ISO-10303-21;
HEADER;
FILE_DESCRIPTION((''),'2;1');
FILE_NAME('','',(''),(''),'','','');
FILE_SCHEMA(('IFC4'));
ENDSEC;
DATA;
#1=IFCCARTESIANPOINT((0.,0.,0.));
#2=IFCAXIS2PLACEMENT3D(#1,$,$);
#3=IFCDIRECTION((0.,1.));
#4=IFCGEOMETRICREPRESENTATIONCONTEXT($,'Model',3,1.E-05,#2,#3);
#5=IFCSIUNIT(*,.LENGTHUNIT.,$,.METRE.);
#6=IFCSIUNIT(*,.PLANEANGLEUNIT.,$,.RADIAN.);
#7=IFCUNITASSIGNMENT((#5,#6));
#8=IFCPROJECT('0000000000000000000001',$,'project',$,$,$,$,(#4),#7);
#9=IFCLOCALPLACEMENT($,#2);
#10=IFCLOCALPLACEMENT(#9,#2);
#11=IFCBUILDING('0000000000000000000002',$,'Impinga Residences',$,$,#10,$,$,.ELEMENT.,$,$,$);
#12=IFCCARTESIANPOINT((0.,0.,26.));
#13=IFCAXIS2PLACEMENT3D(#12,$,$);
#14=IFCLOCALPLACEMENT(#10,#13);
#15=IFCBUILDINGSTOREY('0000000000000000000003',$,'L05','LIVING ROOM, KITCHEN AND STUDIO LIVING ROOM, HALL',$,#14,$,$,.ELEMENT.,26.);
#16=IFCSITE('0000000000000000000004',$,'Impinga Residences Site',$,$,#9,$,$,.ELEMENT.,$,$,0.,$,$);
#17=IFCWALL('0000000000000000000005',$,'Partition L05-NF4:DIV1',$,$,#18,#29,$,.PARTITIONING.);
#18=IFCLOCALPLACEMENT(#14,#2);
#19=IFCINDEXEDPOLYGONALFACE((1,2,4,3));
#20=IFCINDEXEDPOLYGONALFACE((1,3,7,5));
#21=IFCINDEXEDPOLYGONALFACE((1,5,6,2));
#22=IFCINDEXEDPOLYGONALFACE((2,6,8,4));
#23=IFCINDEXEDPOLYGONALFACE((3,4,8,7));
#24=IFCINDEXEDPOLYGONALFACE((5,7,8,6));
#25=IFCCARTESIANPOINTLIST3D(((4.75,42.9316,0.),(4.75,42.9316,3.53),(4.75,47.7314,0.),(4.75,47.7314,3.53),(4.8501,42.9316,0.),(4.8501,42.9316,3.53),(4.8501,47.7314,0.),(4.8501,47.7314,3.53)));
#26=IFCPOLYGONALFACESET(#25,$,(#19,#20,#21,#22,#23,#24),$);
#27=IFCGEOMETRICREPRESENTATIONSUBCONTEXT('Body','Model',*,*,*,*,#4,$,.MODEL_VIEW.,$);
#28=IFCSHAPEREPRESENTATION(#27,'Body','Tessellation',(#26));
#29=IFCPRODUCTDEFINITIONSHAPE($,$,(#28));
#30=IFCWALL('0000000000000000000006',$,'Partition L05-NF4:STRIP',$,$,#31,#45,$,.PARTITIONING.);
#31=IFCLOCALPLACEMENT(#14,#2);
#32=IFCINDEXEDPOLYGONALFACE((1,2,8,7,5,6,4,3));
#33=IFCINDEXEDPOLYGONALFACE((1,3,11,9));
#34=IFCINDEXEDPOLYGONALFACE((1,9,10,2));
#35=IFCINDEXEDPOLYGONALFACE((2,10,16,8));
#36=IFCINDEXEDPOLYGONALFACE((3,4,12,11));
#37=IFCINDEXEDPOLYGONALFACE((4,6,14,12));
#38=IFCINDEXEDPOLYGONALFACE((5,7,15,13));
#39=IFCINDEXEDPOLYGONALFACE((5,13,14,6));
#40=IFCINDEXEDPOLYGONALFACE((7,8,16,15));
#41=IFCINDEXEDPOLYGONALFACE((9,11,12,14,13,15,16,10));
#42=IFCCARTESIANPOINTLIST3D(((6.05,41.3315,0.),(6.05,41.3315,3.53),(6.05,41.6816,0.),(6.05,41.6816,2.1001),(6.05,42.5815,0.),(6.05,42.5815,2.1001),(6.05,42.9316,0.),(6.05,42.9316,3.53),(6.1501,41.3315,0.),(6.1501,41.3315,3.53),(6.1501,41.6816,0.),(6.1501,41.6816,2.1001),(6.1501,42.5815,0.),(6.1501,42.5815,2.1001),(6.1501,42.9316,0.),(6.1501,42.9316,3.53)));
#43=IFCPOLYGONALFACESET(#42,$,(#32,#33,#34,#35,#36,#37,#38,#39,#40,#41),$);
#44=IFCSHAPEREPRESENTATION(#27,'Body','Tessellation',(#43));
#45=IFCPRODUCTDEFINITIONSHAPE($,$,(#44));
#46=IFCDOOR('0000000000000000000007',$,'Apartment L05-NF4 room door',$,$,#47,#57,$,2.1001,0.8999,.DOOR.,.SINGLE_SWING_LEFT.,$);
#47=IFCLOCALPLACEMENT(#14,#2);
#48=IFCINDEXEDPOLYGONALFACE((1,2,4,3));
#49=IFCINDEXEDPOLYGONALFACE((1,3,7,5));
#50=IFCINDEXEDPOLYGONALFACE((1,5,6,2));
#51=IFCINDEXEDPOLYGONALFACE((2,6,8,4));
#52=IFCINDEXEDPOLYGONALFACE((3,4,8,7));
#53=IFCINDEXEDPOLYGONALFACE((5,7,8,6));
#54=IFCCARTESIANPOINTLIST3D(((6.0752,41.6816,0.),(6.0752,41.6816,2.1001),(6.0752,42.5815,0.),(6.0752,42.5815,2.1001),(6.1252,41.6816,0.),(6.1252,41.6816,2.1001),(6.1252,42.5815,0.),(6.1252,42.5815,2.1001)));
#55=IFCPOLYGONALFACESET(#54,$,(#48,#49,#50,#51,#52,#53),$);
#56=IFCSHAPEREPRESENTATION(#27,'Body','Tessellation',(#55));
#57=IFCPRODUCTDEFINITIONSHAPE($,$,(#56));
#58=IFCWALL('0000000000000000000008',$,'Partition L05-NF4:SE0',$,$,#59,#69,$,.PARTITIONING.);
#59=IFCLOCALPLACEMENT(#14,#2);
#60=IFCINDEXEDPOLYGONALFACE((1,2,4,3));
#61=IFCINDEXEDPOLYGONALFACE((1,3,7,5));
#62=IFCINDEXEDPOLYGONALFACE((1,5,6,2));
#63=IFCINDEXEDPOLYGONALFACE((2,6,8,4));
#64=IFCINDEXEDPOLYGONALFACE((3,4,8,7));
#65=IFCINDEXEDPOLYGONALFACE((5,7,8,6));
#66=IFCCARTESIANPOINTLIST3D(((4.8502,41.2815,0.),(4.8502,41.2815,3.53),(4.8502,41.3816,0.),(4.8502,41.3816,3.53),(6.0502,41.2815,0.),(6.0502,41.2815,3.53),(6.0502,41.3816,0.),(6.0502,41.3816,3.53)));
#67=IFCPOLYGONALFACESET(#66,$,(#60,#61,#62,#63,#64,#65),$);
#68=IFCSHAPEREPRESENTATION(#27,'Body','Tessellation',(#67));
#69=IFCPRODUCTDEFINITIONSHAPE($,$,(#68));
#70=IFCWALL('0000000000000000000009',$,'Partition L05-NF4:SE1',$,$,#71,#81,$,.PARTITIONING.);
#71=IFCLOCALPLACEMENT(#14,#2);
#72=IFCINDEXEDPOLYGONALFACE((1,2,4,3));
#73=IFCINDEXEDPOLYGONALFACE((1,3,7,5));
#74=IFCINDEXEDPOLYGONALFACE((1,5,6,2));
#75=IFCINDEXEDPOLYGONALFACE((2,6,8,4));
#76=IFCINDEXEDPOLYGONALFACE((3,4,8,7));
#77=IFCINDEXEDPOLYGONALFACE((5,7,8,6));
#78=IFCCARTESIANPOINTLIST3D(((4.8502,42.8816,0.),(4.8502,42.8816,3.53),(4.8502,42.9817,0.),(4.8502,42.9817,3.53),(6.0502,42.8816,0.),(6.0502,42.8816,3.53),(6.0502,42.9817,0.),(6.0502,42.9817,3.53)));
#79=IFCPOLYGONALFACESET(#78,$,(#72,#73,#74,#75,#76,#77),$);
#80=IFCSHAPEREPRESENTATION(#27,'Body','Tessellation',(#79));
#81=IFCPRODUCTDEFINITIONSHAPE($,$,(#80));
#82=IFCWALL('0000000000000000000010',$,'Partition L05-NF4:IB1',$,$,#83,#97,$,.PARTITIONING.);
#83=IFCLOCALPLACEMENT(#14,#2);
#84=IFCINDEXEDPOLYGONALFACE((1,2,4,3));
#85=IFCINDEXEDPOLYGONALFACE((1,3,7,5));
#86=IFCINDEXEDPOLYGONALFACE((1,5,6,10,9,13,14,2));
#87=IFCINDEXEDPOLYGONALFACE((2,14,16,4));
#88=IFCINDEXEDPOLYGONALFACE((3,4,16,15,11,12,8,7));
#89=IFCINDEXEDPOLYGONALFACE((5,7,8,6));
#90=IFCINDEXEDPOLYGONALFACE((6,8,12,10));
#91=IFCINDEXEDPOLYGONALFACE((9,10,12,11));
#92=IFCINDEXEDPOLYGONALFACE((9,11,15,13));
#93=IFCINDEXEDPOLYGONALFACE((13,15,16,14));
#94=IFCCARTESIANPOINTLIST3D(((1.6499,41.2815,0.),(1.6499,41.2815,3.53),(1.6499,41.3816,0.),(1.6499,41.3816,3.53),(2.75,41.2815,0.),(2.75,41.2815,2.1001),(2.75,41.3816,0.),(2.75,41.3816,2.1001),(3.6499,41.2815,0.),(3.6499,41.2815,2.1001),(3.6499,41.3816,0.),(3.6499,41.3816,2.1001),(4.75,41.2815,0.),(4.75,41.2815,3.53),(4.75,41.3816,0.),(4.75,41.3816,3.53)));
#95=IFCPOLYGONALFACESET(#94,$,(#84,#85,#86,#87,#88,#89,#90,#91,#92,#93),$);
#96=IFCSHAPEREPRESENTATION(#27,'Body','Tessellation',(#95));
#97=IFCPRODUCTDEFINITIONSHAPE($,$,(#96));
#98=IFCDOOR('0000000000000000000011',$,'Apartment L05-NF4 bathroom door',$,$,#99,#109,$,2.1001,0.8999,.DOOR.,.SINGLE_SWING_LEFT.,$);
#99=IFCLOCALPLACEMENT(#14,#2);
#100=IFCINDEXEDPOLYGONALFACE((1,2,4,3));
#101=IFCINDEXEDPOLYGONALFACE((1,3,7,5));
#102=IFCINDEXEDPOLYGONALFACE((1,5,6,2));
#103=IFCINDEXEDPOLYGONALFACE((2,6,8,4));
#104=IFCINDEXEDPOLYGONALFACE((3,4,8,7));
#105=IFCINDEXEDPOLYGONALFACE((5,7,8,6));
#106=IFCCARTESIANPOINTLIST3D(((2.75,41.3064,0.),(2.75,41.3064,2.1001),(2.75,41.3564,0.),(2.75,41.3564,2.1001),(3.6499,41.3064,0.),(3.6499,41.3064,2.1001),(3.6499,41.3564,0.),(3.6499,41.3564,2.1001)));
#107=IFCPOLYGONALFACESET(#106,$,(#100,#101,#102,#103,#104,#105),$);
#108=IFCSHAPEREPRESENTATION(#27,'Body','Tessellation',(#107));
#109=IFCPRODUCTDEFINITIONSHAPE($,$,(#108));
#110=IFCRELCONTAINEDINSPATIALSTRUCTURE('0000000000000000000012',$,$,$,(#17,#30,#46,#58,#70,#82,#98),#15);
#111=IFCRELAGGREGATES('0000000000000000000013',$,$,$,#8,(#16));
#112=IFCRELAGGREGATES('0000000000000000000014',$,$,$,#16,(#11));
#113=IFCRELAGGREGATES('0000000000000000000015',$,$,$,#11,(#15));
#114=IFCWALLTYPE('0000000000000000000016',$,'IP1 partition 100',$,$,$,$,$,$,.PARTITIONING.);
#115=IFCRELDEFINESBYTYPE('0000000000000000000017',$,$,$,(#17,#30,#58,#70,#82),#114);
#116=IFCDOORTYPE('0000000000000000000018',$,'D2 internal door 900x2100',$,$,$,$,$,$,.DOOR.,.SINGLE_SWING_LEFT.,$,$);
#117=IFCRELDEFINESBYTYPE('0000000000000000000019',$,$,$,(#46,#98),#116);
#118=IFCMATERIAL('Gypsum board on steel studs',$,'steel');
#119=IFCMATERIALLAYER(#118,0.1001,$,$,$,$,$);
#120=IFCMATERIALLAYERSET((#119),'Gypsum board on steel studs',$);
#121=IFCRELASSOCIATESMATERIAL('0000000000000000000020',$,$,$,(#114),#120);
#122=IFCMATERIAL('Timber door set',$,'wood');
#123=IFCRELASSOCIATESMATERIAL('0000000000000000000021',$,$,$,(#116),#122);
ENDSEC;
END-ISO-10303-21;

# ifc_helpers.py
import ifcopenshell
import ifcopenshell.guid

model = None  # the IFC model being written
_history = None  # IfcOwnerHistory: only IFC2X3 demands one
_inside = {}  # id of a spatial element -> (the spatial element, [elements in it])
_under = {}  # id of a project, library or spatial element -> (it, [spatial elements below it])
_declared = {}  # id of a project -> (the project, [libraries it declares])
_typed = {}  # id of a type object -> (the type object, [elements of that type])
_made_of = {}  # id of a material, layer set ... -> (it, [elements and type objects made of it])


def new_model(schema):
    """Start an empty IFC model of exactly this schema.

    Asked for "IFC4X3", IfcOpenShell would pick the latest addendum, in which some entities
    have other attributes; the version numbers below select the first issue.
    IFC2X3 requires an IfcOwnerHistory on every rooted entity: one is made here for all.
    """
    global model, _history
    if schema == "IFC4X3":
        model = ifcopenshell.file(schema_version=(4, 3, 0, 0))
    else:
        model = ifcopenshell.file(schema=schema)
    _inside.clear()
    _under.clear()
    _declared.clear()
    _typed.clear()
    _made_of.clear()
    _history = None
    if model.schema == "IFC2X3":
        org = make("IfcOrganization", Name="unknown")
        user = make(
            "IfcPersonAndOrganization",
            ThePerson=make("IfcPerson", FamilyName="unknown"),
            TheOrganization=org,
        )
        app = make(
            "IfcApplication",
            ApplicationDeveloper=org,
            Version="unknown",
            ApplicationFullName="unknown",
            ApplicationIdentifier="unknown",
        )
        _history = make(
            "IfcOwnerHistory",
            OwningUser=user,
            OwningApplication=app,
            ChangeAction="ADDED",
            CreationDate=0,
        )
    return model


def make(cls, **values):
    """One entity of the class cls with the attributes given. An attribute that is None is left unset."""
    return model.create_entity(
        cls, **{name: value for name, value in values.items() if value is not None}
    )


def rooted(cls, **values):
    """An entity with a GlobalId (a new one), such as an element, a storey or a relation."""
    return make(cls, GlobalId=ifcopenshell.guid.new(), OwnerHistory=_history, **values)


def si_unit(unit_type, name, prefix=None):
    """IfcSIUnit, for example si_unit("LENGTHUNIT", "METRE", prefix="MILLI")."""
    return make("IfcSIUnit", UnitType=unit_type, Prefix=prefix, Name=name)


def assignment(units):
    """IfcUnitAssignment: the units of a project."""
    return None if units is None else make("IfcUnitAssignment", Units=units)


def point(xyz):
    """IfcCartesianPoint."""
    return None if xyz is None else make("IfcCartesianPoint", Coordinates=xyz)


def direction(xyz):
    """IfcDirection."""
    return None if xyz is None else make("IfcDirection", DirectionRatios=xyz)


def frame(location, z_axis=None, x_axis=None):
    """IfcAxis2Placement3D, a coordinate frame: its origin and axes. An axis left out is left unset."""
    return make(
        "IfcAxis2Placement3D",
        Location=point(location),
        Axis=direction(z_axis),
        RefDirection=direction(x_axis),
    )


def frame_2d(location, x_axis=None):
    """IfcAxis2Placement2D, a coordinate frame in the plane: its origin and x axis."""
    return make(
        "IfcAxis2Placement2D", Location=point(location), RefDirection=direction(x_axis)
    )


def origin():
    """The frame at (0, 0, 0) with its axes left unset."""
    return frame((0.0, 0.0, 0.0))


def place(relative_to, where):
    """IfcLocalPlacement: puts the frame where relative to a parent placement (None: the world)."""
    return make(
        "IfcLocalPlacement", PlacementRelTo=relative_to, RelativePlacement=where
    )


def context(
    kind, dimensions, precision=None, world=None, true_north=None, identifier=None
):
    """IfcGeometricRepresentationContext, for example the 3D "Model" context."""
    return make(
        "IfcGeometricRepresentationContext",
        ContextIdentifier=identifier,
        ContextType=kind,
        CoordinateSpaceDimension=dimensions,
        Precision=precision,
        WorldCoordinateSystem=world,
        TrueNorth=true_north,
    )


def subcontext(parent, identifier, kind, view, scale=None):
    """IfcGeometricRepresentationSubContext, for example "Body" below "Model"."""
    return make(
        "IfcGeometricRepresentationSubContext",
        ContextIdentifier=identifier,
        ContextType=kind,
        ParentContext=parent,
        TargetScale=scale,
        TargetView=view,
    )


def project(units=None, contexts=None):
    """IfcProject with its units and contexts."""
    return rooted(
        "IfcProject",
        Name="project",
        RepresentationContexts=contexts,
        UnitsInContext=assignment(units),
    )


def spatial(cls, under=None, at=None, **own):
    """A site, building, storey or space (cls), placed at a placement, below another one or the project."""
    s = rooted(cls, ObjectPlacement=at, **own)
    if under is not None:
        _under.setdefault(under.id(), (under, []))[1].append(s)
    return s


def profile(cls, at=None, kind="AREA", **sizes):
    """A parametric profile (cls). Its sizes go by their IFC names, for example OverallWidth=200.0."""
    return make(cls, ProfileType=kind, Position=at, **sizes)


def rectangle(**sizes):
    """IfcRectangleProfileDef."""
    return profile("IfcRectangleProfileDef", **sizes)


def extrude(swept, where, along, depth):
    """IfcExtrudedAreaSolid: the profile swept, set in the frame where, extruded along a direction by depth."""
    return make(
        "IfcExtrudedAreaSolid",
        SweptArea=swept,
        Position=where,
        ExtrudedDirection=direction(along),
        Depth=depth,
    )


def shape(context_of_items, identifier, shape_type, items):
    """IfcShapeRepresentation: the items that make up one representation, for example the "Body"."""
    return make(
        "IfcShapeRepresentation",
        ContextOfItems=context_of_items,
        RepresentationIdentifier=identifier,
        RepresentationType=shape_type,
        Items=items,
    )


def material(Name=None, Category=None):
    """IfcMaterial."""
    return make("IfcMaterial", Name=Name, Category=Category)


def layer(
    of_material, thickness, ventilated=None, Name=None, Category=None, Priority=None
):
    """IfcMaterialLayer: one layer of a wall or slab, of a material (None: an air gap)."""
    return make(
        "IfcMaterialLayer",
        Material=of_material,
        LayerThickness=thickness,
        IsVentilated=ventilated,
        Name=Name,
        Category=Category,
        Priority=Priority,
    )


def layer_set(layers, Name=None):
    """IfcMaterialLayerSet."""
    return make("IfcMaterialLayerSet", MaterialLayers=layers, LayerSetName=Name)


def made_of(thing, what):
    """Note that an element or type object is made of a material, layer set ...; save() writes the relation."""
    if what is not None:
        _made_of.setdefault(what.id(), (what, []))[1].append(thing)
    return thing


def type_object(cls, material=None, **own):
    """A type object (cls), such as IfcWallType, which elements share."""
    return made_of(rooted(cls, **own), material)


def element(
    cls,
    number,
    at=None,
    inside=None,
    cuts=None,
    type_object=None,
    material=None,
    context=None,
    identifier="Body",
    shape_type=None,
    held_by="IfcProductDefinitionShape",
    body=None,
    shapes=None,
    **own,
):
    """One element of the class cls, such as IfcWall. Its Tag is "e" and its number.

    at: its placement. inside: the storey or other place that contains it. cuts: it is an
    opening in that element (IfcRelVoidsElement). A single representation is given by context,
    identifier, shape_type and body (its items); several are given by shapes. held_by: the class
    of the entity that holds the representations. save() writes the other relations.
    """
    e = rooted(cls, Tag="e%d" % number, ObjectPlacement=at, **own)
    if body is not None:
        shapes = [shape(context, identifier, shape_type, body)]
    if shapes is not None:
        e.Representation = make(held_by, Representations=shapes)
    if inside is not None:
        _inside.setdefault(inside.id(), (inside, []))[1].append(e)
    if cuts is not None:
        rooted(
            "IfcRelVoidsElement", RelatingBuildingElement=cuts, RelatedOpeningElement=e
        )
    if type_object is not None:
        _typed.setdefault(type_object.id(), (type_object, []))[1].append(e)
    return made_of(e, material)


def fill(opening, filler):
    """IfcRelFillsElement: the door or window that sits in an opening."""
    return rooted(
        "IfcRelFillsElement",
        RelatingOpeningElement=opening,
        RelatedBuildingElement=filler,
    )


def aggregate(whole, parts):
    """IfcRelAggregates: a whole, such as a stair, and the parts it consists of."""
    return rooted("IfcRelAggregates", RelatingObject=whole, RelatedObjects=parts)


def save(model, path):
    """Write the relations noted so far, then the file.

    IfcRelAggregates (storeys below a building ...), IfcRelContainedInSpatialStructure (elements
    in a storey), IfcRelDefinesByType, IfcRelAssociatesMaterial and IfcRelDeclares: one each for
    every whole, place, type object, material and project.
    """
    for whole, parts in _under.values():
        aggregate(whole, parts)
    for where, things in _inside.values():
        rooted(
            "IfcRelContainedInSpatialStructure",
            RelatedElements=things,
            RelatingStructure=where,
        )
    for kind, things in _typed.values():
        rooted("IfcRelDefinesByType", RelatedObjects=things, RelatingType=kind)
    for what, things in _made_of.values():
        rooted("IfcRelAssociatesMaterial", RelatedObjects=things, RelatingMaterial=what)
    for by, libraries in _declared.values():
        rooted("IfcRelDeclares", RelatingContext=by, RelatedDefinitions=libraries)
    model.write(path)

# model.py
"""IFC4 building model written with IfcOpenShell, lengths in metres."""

from ifc_helpers import new_model, si_unit, direction, frame, frame_2d, origin, place, context, subcontext, project, spatial, rectangle, extrude, material, layer, layer_set, type_object, element, fill, save


model = new_model("IFC4")

# Units and contexts
model_context = context("Model", 3, precision=1e-05, world=origin(), true_north=direction((0.0, 1.0)))
body_context = subcontext(model_context, "Body", "Model", "MODEL_VIEW")
ifc_project = project(units=[si_unit("LENGTHUNIT", "METRE"), si_unit("PLANEANGLEUNIT", "RADIAN")], contexts=[model_context])

# Site, building, storey
site_placement = place(None, origin())
site = spatial("IfcSite", under=ifc_project, at=site_placement, Name="Impinga Residences Site", CompositionType="ELEMENT", RefElevation=0.0)
building_placement = place(site_placement, origin())
building = spatial("IfcBuilding", under=site, at=building_placement, Name="Impinga Residences", CompositionType="ELEMENT")
storey_placement = place(building_placement, frame((0.0, 0.0, 26.0)))
storey = spatial("IfcBuildingStorey", under=building, at=storey_placement, Name="L05", Description="LIVING ROOM, KITCHEN AND STUDIO LIVING ROOM, HALL", CompositionType="ELEMENT", Elevation=26.0)

# Wall
ifc_material_1 = material(Name="Gypsum board on steel studs", Category="steel")
ifc_layer_1 = layer(ifc_material_1, 0.1001)
ifc_layer_set_1 = layer_set([ifc_layer_1], Name="Gypsum board on steel studs")
wall_type_1 = type_object("IfcWallType", Name="IP1 partition 100", PredefinedType="PARTITIONING", material=ifc_layer_set_1)
wall_1_placement = place(storey_placement, frame((4.8, 42.9316, 0.0), z_axis=(0.0, 0.0, 1.0), x_axis=(0.0, 1.0, 0.0)))
element("IfcWall", 1, at=wall_1_placement, inside=storey, type_object=wall_type_1, Name="Partition L05-NF4:DIV1", PredefinedType="PARTITIONING", context=body_context, shape_type="SweptSolid", body=[
    extrude(rectangle(XDim=4.7998, YDim=0.1001, at=frame_2d((2.3999, 0.0))), origin(), (0.0, 0.0, 1.0), 3.53),
])

# Wall, opening, door
wall_2_placement = place(storey_placement, frame((6.1001, 41.3315, 0.0), z_axis=(0.0, 0.0, 1.0), x_axis=(0.0, 1.0, 0.0)))
wall_2 = element("IfcWall", 2, at=wall_2_placement, inside=storey, type_object=wall_type_1, Name="Partition L05-NF4:STRIP", PredefinedType="PARTITIONING", context=body_context, shape_type="SweptSolid", body=[
    extrude(rectangle(XDim=1.6001, YDim=0.1001, at=frame_2d((0.8, 0.0))), origin(), (0.0, 0.0, 1.0), 3.53),
])
opening_1_placement = place(wall_2_placement, frame((0.3501, 0.0, 0.0)))
opening_1 = element("IfcOpeningElement", 3, at=opening_1_placement, cuts=wall_2, PredefinedType="OPENING", context=body_context, shape_type="SweptSolid", body=[
    extrude(rectangle(XDim=0.8999, YDim=2.1001, at=frame_2d((0.45, 1.05))), frame((0.0, 0.0601, 0.0), z_axis=(0.0, -1.0, 0.0), x_axis=(1.0, 0.0, 0.0)), (0.0, 0.0, 1.0), 0.1201),
])
ifc_material_2 = material(Name="Timber door set", Category="wood")
door_type = type_object("IfcDoorType", Name="D2 internal door 900x2100", OperationType="SINGLE_SWING_LEFT", PredefinedType="DOOR", material=ifc_material_2)
door_1_placement = place(opening_1_placement, origin())
door_1 = element("IfcDoor", 4, at=door_1_placement, inside=storey, type_object=door_type, Name="Apartment L05-NF4 room door", OperationType="SINGLE_SWING_LEFT", OverallHeight=2.1001, OverallWidth=0.8999, PredefinedType="DOOR", context=body_context, shape_type="SweptSolid", body=[
    extrude(rectangle(XDim=0.8999, YDim=2.1001, at=frame_2d((0.45, 1.05))), frame((0.0, 0.0249, 0.0), z_axis=(0.0, -1.0, 0.0), x_axis=(1.0, 0.0, 0.0)), (0.0, 0.0, 1.0), 0.05),
])
fill(opening_1, door_1)

# Walls
for number, where, z_axis, x_axis, name in (
    (5, (4.8501, 41.3315, 0.0), (0.0, 0.0, 1.0), (1.0, 0.0, 0.0), "Partition L05-NF4:SE0"),
    (6, (4.8501, 42.9316, 0.0), (0.0, 0.0, 1.0), (1.0, 0.0, 0.0), "Partition L05-NF4:SE1"),
):
    element("IfcWall", number, at=place(storey_placement, frame(where, z_axis=z_axis, x_axis=x_axis)), inside=storey, type_object=wall_type_1, Name=name, PredefinedType="PARTITIONING", context=body_context, shape_type="SweptSolid", body=[
        extrude(rectangle(XDim=1.2, YDim=0.1001, at=frame_2d((0.6001, 0.0))), origin(), (0.0, 0.0, 1.0), 3.53),
    ])

# Wall, opening, door
wall_3_placement = place(storey_placement, frame((1.6499, 41.3315, 0.0), z_axis=(0.0, 0.0, 1.0), x_axis=(1.0, 0.0, 0.0)))
wall_3 = element("IfcWall", 7, at=wall_3_placement, inside=storey, type_object=wall_type_1, Name="Partition L05-NF4:IB1", PredefinedType="PARTITIONING", context=body_context, shape_type="SweptSolid", body=[
    extrude(rectangle(XDim=3.1001, YDim=0.1001, at=frame_2d((1.55, 0.0))), origin(), (0.0, 0.0, 1.0), 3.53),
])
opening_2_placement = place(wall_3_placement, frame((1.1001, 0.0, 0.0)))
opening_2 = element("IfcOpeningElement", 8, at=opening_2_placement, cuts=wall_3, PredefinedType="OPENING", context=body_context, shape_type="SweptSolid", body=[
    extrude(rectangle(XDim=0.8999, YDim=2.1001, at=frame_2d((0.45, 1.05))), frame((0.0, 0.0601, 0.0), z_axis=(0.0, -1.0, 0.0), x_axis=(1.0, 0.0, 0.0)), (0.0, 0.0, 1.0), 0.1201),
])
door_2_placement = place(opening_2_placement, origin())
door_2 = element("IfcDoor", 9, at=door_2_placement, inside=storey, type_object=door_type, Name="Apartment L05-NF4 bathroom door", OperationType="SINGLE_SWING_LEFT", OverallHeight=2.1001, OverallWidth=0.8999, PredefinedType="DOOR", context=body_context, shape_type="SweptSolid", body=[
    extrude(rectangle(XDim=0.8999, YDim=2.1001, at=frame_2d((0.45, 1.05))), frame((0.0, 0.0249, 0.0), z_axis=(0.0, -1.0, 0.0), x_axis=(1.0, 0.0, 0.0)), (0.0, 0.0, 1.0), 0.05),
])
fill(opening_2, door_2)

save(model, "model.ifc")
